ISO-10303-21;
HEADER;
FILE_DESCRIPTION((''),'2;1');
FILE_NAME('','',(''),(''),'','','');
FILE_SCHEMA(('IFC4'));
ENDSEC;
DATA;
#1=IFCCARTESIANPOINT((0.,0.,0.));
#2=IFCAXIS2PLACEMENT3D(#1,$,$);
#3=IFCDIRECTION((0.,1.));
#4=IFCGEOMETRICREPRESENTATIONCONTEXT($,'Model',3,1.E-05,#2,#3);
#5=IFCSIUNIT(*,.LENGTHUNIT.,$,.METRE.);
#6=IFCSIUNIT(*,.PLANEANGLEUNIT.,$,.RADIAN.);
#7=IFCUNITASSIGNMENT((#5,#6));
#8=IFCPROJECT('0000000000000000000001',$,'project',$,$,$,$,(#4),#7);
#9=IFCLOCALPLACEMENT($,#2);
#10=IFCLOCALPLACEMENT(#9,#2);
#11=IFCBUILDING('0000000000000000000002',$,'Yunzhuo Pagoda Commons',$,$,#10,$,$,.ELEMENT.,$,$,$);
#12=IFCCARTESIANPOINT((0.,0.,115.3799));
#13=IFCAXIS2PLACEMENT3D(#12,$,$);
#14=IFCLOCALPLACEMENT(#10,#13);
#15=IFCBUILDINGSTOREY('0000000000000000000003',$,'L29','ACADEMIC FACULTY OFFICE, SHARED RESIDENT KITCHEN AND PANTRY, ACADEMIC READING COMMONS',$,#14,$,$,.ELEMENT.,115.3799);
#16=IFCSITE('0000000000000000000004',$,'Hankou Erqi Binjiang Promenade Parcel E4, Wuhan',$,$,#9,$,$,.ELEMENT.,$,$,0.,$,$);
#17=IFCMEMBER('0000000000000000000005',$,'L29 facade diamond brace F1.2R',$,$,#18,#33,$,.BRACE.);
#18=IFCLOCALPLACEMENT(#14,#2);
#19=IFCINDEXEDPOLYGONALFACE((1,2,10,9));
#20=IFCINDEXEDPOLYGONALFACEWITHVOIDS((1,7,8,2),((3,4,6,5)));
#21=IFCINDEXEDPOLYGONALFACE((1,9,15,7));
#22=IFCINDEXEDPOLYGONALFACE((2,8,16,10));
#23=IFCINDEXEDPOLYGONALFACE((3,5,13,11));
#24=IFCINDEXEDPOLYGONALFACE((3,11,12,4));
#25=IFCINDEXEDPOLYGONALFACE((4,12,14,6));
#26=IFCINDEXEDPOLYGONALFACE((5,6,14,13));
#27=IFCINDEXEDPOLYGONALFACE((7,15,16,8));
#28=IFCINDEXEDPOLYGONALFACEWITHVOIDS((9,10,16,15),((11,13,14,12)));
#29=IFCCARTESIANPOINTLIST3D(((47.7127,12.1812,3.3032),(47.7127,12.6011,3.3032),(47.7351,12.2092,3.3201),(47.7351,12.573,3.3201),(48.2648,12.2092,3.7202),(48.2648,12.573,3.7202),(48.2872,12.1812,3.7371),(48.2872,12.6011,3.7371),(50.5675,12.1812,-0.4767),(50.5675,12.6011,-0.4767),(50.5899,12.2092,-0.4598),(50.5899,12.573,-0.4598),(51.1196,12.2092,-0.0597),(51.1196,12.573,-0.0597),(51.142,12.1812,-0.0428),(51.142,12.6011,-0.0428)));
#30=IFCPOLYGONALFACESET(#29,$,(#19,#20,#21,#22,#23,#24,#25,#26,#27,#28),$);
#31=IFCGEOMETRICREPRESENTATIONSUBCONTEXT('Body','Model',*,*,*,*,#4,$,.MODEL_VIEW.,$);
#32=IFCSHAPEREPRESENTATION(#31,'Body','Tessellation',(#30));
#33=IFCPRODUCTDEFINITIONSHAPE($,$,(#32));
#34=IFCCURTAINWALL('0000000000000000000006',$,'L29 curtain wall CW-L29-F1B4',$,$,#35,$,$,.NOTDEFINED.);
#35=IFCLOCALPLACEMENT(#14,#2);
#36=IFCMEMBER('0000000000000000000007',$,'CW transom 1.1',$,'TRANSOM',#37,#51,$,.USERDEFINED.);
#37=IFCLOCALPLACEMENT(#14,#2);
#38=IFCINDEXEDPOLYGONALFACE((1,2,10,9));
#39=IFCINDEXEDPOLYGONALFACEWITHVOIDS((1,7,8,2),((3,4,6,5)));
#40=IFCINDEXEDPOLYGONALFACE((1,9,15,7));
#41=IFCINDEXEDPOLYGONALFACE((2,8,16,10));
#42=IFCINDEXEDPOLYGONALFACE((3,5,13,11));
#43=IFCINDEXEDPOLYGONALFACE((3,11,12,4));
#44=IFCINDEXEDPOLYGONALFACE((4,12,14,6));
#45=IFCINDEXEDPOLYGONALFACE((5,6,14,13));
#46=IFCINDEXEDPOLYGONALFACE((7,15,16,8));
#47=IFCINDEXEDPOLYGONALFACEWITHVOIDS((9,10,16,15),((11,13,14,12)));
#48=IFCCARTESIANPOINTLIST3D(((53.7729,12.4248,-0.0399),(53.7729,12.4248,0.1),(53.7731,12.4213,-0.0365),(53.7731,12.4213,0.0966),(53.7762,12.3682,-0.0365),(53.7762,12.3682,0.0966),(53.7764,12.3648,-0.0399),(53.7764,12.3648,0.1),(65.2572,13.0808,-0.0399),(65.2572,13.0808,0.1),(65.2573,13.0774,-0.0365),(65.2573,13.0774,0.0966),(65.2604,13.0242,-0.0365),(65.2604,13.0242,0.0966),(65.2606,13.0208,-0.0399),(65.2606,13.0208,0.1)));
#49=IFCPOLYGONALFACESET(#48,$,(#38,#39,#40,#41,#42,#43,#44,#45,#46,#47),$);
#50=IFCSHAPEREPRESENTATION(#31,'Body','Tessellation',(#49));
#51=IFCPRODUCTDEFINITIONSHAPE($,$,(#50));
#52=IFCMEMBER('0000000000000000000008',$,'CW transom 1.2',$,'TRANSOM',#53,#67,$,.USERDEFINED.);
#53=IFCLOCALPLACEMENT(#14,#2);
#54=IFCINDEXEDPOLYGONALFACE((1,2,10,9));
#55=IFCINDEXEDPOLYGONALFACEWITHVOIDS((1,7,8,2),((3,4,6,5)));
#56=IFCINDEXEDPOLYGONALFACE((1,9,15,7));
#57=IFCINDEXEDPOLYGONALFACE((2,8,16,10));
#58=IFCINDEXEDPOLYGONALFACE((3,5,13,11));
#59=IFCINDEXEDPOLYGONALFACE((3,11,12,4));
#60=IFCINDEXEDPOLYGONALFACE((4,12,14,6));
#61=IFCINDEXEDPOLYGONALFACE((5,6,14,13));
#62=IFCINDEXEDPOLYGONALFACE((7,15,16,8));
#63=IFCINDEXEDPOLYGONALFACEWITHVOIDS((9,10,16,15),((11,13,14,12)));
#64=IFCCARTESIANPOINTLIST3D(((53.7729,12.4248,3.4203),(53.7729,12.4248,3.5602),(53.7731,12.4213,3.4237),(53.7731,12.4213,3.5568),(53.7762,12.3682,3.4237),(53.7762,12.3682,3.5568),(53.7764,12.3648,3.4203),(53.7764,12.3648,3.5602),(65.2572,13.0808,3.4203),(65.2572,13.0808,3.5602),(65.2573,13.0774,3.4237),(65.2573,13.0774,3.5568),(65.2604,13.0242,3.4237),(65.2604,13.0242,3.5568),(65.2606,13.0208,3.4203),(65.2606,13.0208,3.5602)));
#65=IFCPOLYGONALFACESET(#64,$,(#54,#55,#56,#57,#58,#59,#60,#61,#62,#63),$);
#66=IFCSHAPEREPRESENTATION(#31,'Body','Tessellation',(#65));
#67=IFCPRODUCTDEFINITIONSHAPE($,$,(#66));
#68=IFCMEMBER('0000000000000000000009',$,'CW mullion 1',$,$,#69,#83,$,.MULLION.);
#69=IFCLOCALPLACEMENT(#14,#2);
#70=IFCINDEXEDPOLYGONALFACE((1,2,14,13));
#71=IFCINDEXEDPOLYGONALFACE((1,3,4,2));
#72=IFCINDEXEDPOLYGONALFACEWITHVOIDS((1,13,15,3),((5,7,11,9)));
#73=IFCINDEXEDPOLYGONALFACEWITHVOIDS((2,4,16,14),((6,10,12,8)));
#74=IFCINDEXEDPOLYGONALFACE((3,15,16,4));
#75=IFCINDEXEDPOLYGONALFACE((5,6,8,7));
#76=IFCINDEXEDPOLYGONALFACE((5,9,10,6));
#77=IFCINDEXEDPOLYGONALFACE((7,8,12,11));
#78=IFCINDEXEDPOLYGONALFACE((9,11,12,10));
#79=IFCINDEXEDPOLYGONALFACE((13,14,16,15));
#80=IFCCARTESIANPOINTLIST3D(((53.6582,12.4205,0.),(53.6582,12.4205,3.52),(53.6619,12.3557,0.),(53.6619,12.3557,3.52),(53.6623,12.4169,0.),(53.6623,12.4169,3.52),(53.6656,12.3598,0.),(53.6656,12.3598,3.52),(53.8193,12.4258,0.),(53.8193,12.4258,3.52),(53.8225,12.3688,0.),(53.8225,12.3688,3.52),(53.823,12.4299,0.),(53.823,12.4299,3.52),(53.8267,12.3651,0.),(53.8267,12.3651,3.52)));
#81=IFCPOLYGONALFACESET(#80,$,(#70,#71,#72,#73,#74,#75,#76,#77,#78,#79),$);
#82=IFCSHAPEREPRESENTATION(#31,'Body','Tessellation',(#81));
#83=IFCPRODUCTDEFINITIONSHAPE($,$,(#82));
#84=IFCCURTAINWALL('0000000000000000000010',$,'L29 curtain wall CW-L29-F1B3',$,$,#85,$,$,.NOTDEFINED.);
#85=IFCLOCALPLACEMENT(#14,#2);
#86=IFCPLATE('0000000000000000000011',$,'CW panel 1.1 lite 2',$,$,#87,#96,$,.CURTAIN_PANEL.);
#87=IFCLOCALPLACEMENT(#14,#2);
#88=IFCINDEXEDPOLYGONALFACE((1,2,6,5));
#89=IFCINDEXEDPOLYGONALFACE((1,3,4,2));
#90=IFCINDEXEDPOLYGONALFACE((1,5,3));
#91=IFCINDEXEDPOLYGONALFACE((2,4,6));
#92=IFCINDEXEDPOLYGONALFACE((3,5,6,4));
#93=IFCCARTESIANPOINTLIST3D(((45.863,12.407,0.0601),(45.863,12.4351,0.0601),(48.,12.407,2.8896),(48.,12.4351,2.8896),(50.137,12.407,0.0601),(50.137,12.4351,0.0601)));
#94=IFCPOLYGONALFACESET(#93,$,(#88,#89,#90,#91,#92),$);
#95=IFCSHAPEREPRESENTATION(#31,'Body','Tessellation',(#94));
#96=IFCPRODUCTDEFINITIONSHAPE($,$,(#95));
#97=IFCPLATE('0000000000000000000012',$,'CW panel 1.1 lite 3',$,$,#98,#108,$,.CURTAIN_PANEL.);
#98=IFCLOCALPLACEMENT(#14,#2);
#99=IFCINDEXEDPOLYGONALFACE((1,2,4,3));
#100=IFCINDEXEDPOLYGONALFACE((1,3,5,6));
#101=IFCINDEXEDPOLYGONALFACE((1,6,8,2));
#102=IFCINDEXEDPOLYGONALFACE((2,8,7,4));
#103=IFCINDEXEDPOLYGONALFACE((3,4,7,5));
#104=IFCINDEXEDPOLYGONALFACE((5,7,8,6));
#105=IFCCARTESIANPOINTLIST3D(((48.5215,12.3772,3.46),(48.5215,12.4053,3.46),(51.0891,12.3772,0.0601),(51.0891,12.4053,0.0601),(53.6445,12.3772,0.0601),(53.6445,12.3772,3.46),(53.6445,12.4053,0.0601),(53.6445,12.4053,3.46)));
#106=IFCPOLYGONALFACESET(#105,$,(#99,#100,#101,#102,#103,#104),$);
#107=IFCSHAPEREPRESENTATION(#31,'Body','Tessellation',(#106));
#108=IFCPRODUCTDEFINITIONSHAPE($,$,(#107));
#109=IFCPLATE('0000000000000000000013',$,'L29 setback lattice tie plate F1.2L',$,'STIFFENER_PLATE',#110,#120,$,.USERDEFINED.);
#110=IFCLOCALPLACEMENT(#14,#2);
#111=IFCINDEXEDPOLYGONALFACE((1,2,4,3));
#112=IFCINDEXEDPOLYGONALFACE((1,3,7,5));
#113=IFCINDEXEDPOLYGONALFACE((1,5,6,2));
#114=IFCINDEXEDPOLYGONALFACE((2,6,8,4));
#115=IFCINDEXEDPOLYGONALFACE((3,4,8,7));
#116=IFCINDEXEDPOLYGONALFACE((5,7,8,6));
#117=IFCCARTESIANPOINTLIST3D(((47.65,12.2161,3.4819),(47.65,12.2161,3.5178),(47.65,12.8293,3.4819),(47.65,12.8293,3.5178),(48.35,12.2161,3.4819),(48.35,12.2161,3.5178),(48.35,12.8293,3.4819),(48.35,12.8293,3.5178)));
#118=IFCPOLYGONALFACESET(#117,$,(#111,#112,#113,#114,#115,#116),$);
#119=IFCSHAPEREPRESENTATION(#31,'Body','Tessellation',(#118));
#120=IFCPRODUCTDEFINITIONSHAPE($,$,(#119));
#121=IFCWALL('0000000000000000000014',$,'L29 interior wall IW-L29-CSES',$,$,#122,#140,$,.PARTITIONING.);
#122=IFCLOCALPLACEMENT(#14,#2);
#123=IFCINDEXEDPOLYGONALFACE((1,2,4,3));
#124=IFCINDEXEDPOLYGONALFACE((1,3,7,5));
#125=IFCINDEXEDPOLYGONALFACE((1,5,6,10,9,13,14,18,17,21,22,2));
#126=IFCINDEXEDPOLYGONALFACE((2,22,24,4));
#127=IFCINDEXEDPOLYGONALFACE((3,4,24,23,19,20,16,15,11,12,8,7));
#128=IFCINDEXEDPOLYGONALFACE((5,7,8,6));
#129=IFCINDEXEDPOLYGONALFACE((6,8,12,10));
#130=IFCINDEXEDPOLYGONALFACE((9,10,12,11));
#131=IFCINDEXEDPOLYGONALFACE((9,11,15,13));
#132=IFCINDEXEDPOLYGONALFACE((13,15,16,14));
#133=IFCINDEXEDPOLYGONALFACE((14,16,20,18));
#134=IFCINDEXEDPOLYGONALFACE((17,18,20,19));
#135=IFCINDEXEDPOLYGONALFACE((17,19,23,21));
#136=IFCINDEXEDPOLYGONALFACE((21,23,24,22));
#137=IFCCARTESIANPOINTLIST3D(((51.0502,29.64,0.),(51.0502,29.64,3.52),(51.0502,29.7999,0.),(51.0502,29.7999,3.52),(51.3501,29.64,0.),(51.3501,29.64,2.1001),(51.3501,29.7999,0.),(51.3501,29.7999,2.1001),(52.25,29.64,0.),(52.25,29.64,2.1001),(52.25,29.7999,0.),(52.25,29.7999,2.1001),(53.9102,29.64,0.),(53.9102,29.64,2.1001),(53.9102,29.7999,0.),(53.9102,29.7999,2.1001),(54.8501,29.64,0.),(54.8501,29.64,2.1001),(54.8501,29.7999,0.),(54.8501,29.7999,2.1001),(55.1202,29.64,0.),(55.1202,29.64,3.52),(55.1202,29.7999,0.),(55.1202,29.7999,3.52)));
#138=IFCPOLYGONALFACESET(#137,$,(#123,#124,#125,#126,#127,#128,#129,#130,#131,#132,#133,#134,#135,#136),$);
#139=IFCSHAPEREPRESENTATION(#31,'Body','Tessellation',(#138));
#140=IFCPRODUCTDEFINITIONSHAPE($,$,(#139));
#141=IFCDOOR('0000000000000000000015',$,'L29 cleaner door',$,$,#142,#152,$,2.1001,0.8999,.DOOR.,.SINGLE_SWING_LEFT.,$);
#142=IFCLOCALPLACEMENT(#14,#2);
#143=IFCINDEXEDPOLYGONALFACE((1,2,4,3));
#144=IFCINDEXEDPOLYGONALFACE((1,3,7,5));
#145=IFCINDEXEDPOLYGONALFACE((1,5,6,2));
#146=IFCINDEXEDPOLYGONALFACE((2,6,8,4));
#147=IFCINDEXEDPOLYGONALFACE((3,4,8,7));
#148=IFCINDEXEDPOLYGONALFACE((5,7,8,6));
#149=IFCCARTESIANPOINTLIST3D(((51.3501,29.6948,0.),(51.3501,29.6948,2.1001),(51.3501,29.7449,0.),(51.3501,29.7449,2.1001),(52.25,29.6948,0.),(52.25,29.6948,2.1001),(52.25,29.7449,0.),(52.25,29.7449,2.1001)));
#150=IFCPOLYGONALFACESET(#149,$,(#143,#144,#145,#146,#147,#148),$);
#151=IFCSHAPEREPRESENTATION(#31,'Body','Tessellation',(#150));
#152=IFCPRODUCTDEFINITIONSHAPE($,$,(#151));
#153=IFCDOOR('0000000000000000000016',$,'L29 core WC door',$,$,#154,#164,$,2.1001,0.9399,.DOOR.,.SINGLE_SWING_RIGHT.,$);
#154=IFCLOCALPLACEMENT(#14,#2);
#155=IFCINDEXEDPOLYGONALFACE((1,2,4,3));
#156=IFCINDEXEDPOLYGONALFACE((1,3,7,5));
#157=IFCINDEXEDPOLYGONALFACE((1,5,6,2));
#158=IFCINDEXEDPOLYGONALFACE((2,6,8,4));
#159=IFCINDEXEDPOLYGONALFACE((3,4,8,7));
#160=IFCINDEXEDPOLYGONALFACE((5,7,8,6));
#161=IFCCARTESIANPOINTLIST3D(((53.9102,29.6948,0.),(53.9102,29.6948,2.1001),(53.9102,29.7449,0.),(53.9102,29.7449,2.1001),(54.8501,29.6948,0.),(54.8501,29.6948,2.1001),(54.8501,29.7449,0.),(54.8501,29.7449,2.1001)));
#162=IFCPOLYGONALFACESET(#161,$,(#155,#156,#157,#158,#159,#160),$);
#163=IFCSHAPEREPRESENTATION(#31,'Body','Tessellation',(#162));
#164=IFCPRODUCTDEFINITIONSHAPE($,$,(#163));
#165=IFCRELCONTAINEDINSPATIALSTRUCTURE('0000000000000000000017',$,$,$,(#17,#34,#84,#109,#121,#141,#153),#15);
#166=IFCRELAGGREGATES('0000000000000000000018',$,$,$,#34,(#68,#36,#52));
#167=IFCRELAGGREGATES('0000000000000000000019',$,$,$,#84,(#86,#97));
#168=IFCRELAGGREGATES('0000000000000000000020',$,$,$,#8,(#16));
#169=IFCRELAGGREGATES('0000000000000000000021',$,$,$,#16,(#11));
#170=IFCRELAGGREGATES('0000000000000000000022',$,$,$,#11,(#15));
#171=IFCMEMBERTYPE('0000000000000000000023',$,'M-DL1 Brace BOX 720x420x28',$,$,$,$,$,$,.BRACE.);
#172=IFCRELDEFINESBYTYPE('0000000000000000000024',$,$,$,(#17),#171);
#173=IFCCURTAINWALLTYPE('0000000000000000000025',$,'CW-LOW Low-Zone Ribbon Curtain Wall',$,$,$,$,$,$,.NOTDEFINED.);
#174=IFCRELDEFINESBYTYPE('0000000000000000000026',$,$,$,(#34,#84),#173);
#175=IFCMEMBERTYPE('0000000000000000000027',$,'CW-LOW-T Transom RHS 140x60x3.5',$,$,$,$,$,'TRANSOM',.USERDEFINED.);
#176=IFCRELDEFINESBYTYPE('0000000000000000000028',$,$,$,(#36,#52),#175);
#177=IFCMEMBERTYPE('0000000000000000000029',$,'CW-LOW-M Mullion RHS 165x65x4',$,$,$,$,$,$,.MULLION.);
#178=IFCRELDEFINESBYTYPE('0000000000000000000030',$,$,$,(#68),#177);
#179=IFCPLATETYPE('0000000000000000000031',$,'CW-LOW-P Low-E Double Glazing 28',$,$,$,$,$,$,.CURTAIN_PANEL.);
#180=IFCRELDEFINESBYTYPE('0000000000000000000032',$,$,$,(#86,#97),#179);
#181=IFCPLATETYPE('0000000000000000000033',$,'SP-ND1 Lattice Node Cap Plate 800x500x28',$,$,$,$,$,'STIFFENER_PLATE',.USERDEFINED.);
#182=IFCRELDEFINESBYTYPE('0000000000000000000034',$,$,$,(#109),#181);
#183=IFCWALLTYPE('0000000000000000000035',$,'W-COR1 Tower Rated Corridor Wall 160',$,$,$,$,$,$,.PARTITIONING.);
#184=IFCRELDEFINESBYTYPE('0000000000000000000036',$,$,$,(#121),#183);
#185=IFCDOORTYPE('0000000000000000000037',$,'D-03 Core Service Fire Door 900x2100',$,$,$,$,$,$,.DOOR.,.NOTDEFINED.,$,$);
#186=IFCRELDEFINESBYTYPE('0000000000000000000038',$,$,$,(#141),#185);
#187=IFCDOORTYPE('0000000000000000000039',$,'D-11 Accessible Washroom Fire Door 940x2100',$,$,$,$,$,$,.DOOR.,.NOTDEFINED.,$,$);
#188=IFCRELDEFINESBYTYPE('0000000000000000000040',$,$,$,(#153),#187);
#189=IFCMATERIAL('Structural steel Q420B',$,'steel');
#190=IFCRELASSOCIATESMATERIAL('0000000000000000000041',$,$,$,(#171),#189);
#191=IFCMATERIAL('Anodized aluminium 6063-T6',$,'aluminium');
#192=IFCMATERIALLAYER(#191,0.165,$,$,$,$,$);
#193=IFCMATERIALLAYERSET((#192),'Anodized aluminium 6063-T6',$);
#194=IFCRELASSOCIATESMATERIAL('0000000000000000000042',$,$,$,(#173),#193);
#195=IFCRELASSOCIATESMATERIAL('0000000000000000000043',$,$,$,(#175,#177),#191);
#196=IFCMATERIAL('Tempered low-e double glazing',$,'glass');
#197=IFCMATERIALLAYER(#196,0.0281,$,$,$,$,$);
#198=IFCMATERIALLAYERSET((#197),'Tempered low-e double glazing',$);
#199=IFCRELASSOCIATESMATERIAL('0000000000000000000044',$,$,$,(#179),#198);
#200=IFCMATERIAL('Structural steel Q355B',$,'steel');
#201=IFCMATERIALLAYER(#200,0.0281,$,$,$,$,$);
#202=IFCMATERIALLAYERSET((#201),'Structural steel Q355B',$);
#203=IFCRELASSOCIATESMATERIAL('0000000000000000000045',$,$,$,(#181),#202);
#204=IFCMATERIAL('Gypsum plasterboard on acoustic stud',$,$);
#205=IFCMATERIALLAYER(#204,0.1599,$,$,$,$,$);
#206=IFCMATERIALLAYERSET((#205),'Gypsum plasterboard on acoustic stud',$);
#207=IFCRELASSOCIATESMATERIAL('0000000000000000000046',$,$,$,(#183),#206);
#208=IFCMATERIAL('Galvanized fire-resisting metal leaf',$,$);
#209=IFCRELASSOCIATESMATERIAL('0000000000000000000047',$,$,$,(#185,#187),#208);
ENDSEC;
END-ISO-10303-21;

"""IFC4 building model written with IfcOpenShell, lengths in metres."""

from ifc_helpers import new_model, si_unit, direction, frame, frame_2d, origin, origin_with_axes, origin_2d, place, context, subcontext, project, spatial, polyline, rectangle, hollow_rectangle, outline, extrude, source, transform, mapped, material, layer, layer_set, material_profile, profile_set, type_object, element, fill, aggregate, save


model = new_model("IFC4")

# Units and contexts
model_context = context("Model", 3, precision=1e-05, world=origin(), true_north=direction((0.0, 1.0)))
body_context = subcontext(model_context, "Body", "Model", "MODEL_VIEW")
ifc_project = project(units=[si_unit("LENGTHUNIT", "METRE"), si_unit("PLANEANGLEUNIT", "RADIAN")], contexts=[model_context])

# Site, building, storey
site_placement = place(None, origin())
site = spatial("IfcSite", under=ifc_project, at=site_placement, Name="Hankou Erqi Binjiang Promenade Parcel E4, Wuhan", CompositionType="ELEMENT", RefElevation=0.0)
building_placement = place(site_placement, origin())
building = spatial("IfcBuilding", under=site, at=building_placement, Name="Yunzhuo Pagoda Commons", CompositionType="ELEMENT")
storey_placement = place(building_placement, frame((0.0, 0.0, 115.3799)))
storey = spatial("IfcBuildingStorey", under=building, at=storey_placement, Name="L29", Description="ACADEMIC FACULTY OFFICE, SHARED RESIDENT KITCHEN AND PANTRY, ACADEMIC READING COMMONS", CompositionType="ELEMENT", Elevation=115.3799)

# Shared definitions
ifc_material_1 = material(Name="Structural steel Q420B", Category="steel")

# Shared definitions
ifc_material_2 = material(Name="Structural steel Q355B", Category="steel")

# Member
ifc_material_profile_1 = material_profile(ifc_material_1, hollow_rectangle(XDim=0.4199, YDim=0.72, WallThickness=0.0281, at=origin_2d()), Name="Structural steel Q420B")
ifc_profile_set_1 = profile_set([ifc_material_profile_1], Name="Structural steel Q420B")
member_type_1 = type_object("IfcMemberType", Name="M-DL1 Brace BOX 720x420x28", PredefinedType="BRACE", material=ifc_profile_set_1)
shared_shape_1 = source(origin(), body_context, "Body", "SweptSolid", [
    extrude(hollow_rectangle(XDim=0.4199, YDim=0.72, WallThickness=0.0281, at=origin_2d()), origin(), (0.0, 0.0, 1.0), 4.7368),
])
member_1_placement = place(storey_placement, frame((50.8547, 12.3911, -0.2598), z_axis=(-0.602685, 0.0, 0.797979), x_axis=(0.0, -1.0, 0.0)))
element("IfcMember", 1, at=member_1_placement, inside=storey, type_object=member_type_1, Name="L29 facade diamond brace F1.2R", PredefinedType="BRACE", context=body_context, shape_type="MappedRepresentation", body=[
    mapped(shared_shape_1, transform((0.0, 0.0, 0.0), scale=1.0)),
])

# Curtain wall, members
ifc_material_3 = material(Name="Anodized aluminium 6063-T6", Category="aluminium")
ifc_layer_1 = layer(ifc_material_3, 0.165)
ifc_layer_set_1 = layer_set([ifc_layer_1], Name="Anodized aluminium 6063-T6")
curtain_wall_type = type_object("IfcCurtainWallType", Name="CW-LOW Low-Zone Ribbon Curtain Wall", PredefinedType="NOTDEFINED", material=ifc_layer_set_1)
curtain_wall_1_placement = place(storey_placement, origin())
curtain_wall_1 = element("IfcCurtainWall", 2, at=curtain_wall_1_placement, inside=storey, type_object=curtain_wall_type, Name="L29 curtain wall CW-L29-F1B4", PredefinedType="NOTDEFINED")
ifc_material_profile_2 = material_profile(ifc_material_3, hollow_rectangle(XDim=0.0601, YDim=0.1399, WallThickness=0.0034, at=origin_2d()), Name="Anodized aluminium 6063-T6")
ifc_profile_set_2 = profile_set([ifc_material_profile_2], Name="Anodized aluminium 6063-T6")
member_type_2 = type_object("IfcMemberType", Name="CW-LOW-T Transom RHS 140x60x3.5", ElementType="TRANSOM", PredefinedType="USERDEFINED", material=ifc_profile_set_2)
shared_shape_2 = source(origin(), body_context, "Body", "SweptSolid", [
    extrude(hollow_rectangle(XDim=0.0601, YDim=0.1399, WallThickness=0.0034, at=origin_2d()), origin(), (0.0, 0.0, 1.0), 11.5029),
])
member_2_placement = place(storey_placement, frame((53.7747, 12.3948, 0.03), z_axis=(0.998372, 0.05703, 0.0), x_axis=(-0.05703, 0.998372, 0.0)))
member_2 = element("IfcMember", 3, at=member_2_placement, type_object=member_type_2, Name="CW transom 1.1", ObjectType="TRANSOM", PredefinedType="USERDEFINED", context=body_context, shape_type="MappedRepresentation", body=[
    mapped(shared_shape_2, transform((0.0, 0.0, 0.0), scale=1.0)),
])
member_3_placement = place(storey_placement, frame((53.7747, 12.3948, 3.4902), z_axis=(0.998372, 0.05703, 0.0), x_axis=(-0.05703, 0.998372, 0.0)))
member_3 = element("IfcMember", 4, at=member_3_placement, type_object=member_type_2, Name="CW transom 1.2", ObjectType="TRANSOM", PredefinedType="USERDEFINED", context=body_context, shape_type="MappedRepresentation", body=[
    mapped(shared_shape_2, transform((0.0, 0.0, 0.0), scale=1.0)),
])
ifc_material_profile_3 = material_profile(ifc_material_3, hollow_rectangle(XDim=0.0649, YDim=0.165, WallThickness=0.0039, at=origin_2d()), Name="Anodized aluminium 6063-T6")
ifc_profile_set_3 = profile_set([ifc_material_profile_3], Name="Anodized aluminium 6063-T6")
member_type_3 = type_object("IfcMemberType", Name="CW-LOW-M Mullion RHS 165x65x4", PredefinedType="MULLION", material=ifc_profile_set_3)
shared_shape_3 = source(origin(), body_context, "Body", "SweptSolid", [
    extrude(hollow_rectangle(XDim=0.0649, YDim=0.165, WallThickness=0.0039, at=origin_2d()), origin(), (0.0, 0.0, 1.0), 3.52),
])
member_4_placement = place(storey_placement, frame((53.7424, 12.3928, 0.0), z_axis=(0.0, 0.0, 1.0), x_axis=(-0.057028, 0.998373, 0.0)))
member_4 = element("IfcMember", 5, at=member_4_placement, type_object=member_type_3, Name="CW mullion 1", PredefinedType="MULLION", context=body_context, shape_type="MappedRepresentation", body=[
    mapped(shared_shape_3, transform((0.0, 0.0, 0.0), scale=1.0)),
])
aggregate(curtain_wall_1, [member_4, member_2, member_3])

# Curtain wall, plates
curtain_wall_2_placement = place(storey_placement, origin())
curtain_wall_2 = element("IfcCurtainWall", 6, at=curtain_wall_2_placement, inside=storey, type_object=curtain_wall_type, Name="L29 curtain wall CW-L29-F1B3", PredefinedType="NOTDEFINED")
ifc_material_4 = material(Name="Tempered low-e double glazing", Category="glass")
ifc_layer_2 = layer(ifc_material_4, 0.0281)
ifc_layer_set_2 = layer_set([ifc_layer_2], Name="Tempered low-e double glazing")
plate_type_1 = type_object("IfcPlateType", Name="CW-LOW-P Low-E Double Glazing 28", PredefinedType="CURTAIN_PANEL", material=ifc_layer_set_2)
plate_1_placement = place(storey_placement, frame((48.0, 12.4351, 1.4749), z_axis=(0.0, -1.0, 0.0), x_axis=(1.0, 0.0, 0.0)))
plate_1 = element("IfcPlate", 7, at=plate_1_placement, type_object=plate_type_1, Name="CW panel 1.1 lite 2", PredefinedType="CURTAIN_PANEL", context=body_context, shape_type="SweptSolid", body=[
    extrude(outline(polyline([(-2.137, -1.4148), (2.137, -1.4148), (0.0, 1.4148), (-2.137, -1.4148)])), origin(), (0.0, 0.0, 1.0), 0.0281),
])
plate_2_placement = place(storey_placement, frame((51.083, 12.4053, 1.76), z_axis=(0.0, -1.0, 0.0), x_axis=(1.0, 0.0, 0.0)))
plate_2 = element("IfcPlate", 8, at=plate_2_placement, type_object=plate_type_1, Name="CW panel 1.1 lite 3", PredefinedType="CURTAIN_PANEL", context=body_context, shape_type="SweptSolid", body=[
    extrude(outline(polyline([(-2.5615, 1.7), (0.0061, -1.7), (2.5615, -1.7), (2.5615, 1.7), (-2.5615, 1.7)])), origin(), (0.0, 0.0, 1.0), 0.0281),
])
aggregate(curtain_wall_2, [plate_1, plate_2])

# Plate
ifc_layer_3 = layer(ifc_material_2, 0.0281)
ifc_layer_set_3 = layer_set([ifc_layer_3], Name="Structural steel Q355B")
plate_type_2 = type_object("IfcPlateType", Name="SP-ND1 Lattice Node Cap Plate 800x500x28", ElementType="STIFFENER_PLATE", PredefinedType="USERDEFINED", material=ifc_layer_set_3)
shared_shape_4 = source(origin(), body_context, "Body", "SweptSolid", [
    extrude(rectangle(XDim=0.7, YDim=0.6133, at=origin_2d()), origin(), (0.0, 0.0, 1.0), 0.0359),
])
plate_3_placement = place(storey_placement, frame((48.0, 12.5227, 3.4819), z_axis=(0.0, 0.0, 1.0), x_axis=(1.0, 0.0, 0.0)))
element("IfcPlate", 9, at=plate_3_placement, inside=storey, type_object=plate_type_2, Name="L29 setback lattice tie plate F1.2L", ObjectType="STIFFENER_PLATE", PredefinedType="USERDEFINED", context=body_context, shape_type="MappedRepresentation", body=[
    mapped(shared_shape_4, transform((0.0, 0.0, 0.0), scale=1.0)),
])

# Wall, openings, doors
ifc_material_5 = material(Name="Gypsum plasterboard on acoustic stud")
ifc_layer_4 = layer(ifc_material_5, 0.1599)
ifc_layer_set_4 = layer_set([ifc_layer_4], Name="Gypsum plasterboard on acoustic stud")
wall_type_1 = type_object("IfcWallType", Name="W-COR1 Tower Rated Corridor Wall 160", PredefinedType="PARTITIONING", material=ifc_layer_set_4)
wall_1_placement = place(storey_placement, frame((51.05, 29.72, 0.0), z_axis=(0.0, 0.0, 1.0), x_axis=(1.0, 0.0, 0.0)))
wall_1 = element("IfcWall", 10, at=wall_1_placement, inside=storey, type_object=wall_type_1, Name="L29 interior wall IW-L29-CSES", PredefinedType="PARTITIONING", context=body_context, shape_type="SweptSolid", body=[
    extrude(rectangle(XDim=4.0701, YDim=0.1599, at=frame_2d((2.0352, 0.0))), origin(), (0.0, 0.0, 1.0), 3.52),
])
opening_1_placement = place(wall_1_placement, frame((0.3, 0.0, 0.0)))
opening_1 = element("IfcOpeningElement", 11, at=opening_1_placement, cuts=wall_1, PredefinedType="OPENING", context=body_context, shape_type="SweptSolid", body=[
    extrude(rectangle(XDim=0.8999, YDim=2.1001, at=frame_2d((0.45, 1.05))), frame((0.0, 0.0898, 0.0), z_axis=(0.0, -1.0, 0.0), x_axis=(1.0, 0.0, 0.0)), (0.0, 0.0, 1.0), 0.1799),
])
opening_2_placement = place(wall_1_placement, frame((2.8601, 0.0, 0.0)))
opening_2 = element("IfcOpeningElement", 12, at=opening_2_placement, cuts=wall_1, PredefinedType="OPENING", context=body_context, shape_type="SweptSolid", body=[
    extrude(rectangle(XDim=0.9399, YDim=2.1001, at=frame_2d((0.47, 1.05))), frame((0.0, 0.0898, 0.0), z_axis=(0.0, -1.0, 0.0), x_axis=(1.0, 0.0, 0.0)), (0.0, 0.0, 1.0), 0.1799),
])
ifc_material_6 = material(Name="Galvanized fire-resisting metal leaf")
door_type_1 = type_object("IfcDoorType", Name="D-03 Core Service Fire Door 900x2100", OperationType="NOTDEFINED", PredefinedType="DOOR", material=ifc_material_6)
shared_shape_5 = source(origin(), body_context, "Body", "SweptSolid", [
    extrude(rectangle(XDim=0.8999, YDim=2.1001, at=frame_2d((0.45, 1.05))), frame((0.0, 0.0249, 0.0), z_axis=(0.0, -1.0, 0.0), x_axis=(1.0, 0.0, 0.0)), (0.0, 0.0, 1.0), 0.05),
])
door_1_placement = place(opening_1_placement, origin_with_axes())
door_1 = element("IfcDoor", 13, at=door_1_placement, inside=storey, type_object=door_type_1, Name="L29 cleaner door", OperationType="SINGLE_SWING_LEFT", OverallHeight=2.1001, OverallWidth=0.8999, PredefinedType="DOOR", context=body_context, shape_type="MappedRepresentation", body=[
    mapped(shared_shape_5, transform((0.0, 0.0, 0.0), scale=1.0)),
])
fill(opening_1, door_1)
door_type_2 = type_object("IfcDoorType", Name="D-11 Accessible Washroom Fire Door 940x2100", OperationType="NOTDEFINED", PredefinedType="DOOR", material=ifc_material_6)
shared_shape_6 = source(origin(), body_context, "Body", "SweptSolid", [
    extrude(rectangle(XDim=0.9399, YDim=2.1001, at=frame_2d((0.47, 1.05))), frame((0.0, 0.0249, 0.0), z_axis=(0.0, -1.0, 0.0), x_axis=(1.0, 0.0, 0.0)), (0.0, 0.0, 1.0), 0.05),
])
door_2_placement = place(opening_2_placement, origin_with_axes())
door_2 = element("IfcDoor", 14, at=door_2_placement, inside=storey, type_object=door_type_2, Name="L29 core WC door", OperationType="SINGLE_SWING_RIGHT", OverallHeight=2.1001, OverallWidth=0.9399, PredefinedType="DOOR", context=body_context, shape_type="MappedRepresentation", body=[
    mapped(shared_shape_6, transform((0.0, 0.0, 0.0), scale=1.0)),
])
fill(opening_2, door_2)

save(model, "model.ifc")
